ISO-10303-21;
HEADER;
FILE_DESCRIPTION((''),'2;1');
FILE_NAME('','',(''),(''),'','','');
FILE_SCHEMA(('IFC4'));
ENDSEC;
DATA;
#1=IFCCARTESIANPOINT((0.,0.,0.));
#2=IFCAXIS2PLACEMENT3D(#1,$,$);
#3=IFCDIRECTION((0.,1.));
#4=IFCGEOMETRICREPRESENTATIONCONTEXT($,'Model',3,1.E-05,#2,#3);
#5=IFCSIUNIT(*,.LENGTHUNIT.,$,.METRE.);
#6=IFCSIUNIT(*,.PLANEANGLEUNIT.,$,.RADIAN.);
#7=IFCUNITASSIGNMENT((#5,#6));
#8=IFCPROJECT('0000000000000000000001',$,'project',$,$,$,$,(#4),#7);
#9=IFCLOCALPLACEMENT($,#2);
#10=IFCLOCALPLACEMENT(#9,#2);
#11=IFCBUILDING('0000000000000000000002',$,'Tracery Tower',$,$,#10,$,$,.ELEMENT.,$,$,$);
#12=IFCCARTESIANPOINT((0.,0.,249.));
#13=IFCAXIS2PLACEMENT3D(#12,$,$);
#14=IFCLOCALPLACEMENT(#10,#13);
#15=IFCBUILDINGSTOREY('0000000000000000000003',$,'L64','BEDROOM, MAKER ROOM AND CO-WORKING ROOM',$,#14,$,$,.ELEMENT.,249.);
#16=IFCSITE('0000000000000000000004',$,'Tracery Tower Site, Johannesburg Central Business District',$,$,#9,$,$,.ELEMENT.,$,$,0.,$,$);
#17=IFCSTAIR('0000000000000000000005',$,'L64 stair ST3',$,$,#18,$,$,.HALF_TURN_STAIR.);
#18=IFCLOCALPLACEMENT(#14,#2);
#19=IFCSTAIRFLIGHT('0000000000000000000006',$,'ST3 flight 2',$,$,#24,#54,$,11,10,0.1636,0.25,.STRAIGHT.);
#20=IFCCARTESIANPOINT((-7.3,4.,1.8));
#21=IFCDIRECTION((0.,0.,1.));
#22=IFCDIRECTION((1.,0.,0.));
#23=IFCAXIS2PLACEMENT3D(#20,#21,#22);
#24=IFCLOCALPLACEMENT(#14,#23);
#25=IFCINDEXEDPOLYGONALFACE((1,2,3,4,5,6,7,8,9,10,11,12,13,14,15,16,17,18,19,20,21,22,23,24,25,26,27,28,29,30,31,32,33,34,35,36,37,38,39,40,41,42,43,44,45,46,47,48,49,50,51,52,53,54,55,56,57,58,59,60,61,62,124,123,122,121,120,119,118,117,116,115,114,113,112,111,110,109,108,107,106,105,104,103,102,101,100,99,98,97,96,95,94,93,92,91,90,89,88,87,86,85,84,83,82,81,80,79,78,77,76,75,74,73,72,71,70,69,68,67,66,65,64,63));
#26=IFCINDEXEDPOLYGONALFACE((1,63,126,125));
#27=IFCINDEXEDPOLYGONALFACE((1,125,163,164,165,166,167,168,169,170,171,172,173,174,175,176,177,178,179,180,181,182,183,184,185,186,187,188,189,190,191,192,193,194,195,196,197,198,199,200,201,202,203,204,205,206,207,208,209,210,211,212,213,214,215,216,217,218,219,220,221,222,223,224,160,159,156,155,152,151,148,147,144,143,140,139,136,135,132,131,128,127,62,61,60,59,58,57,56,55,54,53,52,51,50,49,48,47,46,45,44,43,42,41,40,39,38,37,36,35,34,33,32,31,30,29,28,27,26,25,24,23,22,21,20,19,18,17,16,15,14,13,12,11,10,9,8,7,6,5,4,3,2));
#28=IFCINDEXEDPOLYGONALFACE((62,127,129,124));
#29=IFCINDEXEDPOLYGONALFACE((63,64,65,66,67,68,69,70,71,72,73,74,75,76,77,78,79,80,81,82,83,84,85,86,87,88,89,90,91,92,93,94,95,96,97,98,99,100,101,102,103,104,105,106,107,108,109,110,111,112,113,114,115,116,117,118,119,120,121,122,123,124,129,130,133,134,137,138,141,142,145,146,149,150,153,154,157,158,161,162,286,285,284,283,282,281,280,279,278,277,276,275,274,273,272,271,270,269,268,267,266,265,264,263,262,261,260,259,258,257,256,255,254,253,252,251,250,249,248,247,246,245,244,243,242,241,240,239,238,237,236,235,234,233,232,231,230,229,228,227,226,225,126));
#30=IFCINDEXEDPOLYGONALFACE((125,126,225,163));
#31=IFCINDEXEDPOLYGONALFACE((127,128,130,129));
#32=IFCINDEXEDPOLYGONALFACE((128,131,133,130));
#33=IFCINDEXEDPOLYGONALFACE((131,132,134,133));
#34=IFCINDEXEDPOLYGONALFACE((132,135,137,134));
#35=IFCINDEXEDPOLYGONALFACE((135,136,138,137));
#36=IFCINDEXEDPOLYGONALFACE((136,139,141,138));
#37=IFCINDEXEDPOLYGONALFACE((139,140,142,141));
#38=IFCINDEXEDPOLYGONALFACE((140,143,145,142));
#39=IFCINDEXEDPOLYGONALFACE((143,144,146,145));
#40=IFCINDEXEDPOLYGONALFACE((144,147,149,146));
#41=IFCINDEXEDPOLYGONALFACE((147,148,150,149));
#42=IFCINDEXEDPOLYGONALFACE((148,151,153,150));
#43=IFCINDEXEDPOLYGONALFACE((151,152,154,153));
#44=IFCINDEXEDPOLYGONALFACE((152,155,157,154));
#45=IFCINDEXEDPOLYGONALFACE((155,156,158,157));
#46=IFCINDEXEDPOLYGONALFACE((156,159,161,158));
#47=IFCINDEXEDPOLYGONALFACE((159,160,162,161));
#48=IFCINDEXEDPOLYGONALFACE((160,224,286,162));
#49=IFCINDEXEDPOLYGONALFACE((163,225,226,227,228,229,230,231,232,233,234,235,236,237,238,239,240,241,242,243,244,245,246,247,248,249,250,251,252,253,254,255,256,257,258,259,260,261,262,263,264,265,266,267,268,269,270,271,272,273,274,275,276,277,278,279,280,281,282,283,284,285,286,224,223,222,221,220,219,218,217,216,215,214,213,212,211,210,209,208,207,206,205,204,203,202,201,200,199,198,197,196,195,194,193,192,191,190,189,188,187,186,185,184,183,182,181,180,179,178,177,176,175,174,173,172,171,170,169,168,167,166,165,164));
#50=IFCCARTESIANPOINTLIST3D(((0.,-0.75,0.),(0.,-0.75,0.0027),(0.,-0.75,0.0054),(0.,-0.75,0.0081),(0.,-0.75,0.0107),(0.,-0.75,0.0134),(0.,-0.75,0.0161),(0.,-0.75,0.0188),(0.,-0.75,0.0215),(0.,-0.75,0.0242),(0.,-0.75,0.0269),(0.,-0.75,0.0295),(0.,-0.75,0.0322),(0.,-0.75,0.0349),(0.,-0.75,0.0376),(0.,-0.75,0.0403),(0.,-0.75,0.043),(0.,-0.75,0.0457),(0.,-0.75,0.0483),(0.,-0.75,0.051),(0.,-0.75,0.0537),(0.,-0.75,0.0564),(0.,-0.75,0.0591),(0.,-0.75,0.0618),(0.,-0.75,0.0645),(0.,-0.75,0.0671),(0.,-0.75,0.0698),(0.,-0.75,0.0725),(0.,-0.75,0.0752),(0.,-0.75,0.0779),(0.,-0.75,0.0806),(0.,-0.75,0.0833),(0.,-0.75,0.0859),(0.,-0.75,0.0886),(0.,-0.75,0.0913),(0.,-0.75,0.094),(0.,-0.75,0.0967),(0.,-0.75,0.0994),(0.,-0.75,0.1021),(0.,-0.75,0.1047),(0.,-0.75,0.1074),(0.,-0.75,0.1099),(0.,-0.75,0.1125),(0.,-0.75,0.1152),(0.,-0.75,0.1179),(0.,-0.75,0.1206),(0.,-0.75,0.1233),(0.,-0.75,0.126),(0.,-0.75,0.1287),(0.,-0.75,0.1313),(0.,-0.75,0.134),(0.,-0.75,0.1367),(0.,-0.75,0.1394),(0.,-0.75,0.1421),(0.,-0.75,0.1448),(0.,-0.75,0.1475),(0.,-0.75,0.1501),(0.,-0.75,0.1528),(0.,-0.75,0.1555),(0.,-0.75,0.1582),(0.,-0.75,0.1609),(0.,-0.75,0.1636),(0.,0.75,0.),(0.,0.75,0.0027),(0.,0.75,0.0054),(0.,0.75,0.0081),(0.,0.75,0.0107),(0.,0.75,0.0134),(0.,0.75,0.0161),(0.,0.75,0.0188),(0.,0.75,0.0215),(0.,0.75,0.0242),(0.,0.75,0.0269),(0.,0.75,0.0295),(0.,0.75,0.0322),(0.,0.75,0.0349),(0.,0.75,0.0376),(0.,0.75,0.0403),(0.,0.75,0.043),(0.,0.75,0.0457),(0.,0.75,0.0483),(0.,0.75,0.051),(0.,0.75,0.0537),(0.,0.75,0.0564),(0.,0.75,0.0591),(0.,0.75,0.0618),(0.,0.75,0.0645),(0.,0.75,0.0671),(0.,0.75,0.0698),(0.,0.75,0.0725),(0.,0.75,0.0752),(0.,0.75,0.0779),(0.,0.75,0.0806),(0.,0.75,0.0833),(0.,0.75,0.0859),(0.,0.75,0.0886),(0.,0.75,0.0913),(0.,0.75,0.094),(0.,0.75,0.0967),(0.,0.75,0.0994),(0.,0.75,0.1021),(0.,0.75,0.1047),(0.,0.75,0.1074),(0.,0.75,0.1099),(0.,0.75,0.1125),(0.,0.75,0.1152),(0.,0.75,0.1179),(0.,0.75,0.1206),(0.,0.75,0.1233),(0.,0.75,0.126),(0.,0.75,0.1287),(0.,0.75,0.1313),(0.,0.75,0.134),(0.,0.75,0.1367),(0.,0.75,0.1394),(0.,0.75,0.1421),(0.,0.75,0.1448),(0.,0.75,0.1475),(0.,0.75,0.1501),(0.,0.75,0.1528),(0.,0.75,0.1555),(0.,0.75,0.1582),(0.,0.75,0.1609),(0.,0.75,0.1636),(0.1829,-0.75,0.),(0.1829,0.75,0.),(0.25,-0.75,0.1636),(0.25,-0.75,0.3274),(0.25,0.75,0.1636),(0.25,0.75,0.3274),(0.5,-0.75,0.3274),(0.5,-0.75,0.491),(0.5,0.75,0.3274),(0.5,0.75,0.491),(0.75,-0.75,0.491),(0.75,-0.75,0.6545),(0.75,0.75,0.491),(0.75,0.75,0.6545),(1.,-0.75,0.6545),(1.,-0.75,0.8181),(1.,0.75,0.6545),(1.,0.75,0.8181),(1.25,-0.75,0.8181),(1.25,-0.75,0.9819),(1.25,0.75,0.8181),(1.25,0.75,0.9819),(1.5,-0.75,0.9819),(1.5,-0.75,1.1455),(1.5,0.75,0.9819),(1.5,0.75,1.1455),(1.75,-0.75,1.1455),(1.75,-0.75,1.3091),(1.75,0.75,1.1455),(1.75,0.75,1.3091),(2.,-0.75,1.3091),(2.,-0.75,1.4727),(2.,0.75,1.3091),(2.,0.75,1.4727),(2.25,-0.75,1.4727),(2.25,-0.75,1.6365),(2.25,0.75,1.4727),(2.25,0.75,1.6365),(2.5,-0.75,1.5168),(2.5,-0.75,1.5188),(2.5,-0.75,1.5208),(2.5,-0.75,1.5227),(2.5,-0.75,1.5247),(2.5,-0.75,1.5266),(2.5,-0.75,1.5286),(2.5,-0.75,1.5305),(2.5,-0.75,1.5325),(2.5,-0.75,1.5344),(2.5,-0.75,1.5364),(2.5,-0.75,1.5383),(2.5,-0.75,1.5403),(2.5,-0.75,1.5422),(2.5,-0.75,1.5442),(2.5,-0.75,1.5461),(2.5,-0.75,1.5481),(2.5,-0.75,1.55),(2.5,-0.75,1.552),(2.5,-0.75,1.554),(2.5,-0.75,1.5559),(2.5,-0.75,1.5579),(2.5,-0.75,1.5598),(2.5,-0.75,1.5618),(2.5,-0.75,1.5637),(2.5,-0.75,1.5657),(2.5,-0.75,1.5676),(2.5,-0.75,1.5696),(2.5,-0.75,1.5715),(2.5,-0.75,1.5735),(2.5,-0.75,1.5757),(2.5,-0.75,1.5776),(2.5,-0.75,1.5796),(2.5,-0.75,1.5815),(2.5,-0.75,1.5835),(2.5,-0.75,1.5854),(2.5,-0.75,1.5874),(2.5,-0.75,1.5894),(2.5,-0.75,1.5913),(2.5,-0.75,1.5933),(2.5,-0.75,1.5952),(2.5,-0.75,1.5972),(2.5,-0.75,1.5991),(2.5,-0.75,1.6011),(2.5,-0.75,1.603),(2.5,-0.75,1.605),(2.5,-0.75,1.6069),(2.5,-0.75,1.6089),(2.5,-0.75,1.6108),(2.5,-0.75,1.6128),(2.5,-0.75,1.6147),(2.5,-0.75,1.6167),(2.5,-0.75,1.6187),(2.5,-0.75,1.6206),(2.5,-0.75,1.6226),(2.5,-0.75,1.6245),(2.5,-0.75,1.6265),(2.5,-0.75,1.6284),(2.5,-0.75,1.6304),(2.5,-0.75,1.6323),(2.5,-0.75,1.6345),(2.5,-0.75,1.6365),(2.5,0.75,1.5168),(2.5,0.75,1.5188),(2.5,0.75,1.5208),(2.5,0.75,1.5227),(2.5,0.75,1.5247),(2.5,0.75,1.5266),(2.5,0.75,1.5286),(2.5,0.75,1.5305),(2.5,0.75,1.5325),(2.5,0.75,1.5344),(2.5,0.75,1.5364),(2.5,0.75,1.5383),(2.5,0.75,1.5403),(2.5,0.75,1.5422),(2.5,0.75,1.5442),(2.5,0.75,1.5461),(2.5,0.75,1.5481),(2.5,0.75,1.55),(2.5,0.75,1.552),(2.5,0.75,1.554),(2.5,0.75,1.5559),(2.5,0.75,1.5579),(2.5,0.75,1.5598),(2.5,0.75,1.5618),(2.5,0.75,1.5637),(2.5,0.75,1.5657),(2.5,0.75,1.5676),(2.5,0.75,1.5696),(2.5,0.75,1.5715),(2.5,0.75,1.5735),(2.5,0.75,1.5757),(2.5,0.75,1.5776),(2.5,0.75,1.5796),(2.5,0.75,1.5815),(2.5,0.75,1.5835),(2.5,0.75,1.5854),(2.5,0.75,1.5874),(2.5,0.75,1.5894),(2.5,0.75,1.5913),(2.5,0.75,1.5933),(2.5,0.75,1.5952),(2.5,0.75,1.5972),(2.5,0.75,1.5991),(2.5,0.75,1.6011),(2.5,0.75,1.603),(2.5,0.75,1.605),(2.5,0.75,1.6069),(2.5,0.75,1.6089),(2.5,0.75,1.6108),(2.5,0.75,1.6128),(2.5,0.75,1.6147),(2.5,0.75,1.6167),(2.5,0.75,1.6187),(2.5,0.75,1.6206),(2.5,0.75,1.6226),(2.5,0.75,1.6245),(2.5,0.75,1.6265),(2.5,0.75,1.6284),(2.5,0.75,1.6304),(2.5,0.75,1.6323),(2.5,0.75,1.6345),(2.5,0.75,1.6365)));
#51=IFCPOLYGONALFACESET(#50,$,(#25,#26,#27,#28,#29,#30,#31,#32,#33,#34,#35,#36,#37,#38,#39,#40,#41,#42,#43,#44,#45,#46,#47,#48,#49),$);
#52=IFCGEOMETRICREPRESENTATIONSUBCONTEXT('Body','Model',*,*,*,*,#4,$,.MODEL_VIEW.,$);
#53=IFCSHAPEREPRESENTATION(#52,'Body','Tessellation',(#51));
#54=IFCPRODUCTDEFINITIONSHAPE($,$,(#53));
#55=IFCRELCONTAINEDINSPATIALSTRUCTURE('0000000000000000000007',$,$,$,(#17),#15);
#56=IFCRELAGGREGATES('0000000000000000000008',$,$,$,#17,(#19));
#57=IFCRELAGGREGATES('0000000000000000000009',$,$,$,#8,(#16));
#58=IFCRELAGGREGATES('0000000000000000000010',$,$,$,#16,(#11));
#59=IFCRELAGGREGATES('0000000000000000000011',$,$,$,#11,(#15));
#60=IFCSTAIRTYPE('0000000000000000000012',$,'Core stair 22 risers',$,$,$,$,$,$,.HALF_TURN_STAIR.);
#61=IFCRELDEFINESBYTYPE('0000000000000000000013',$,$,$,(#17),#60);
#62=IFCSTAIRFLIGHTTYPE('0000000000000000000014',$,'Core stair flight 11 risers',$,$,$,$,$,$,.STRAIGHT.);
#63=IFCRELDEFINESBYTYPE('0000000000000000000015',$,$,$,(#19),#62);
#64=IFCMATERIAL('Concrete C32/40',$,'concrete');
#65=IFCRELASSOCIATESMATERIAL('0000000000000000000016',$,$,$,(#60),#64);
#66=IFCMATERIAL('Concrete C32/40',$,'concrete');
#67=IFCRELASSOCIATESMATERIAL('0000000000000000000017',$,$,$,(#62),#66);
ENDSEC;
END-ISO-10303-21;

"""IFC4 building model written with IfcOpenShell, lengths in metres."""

from ifc_helpers import new_model, si_unit, direction, frame, origin, place, context, subcontext, project, spatial, polyline, outline, extrude, material, type_object, element, aggregate, save


model = new_model("IFC4")

# Units and contexts
model_context = context("Model", 3, precision=1e-05, world=origin(), true_north=direction((0.0, 1.0)))
body_context = subcontext(model_context, "Body", "Model", "MODEL_VIEW")
ifc_project = project(units=[si_unit("LENGTHUNIT", "METRE"), si_unit("PLANEANGLEUNIT", "RADIAN")], contexts=[model_context])

# Site, building, storey
site_placement = place(None, origin())
site = spatial("IfcSite", under=ifc_project, at=site_placement, Name="Tracery Tower Site, Johannesburg Central Business District", CompositionType="ELEMENT", RefElevation=0.0)
building_placement = place(site_placement, origin())
building = spatial("IfcBuilding", under=site, at=building_placement, Name="Tracery Tower", CompositionType="ELEMENT")
storey_placement = place(building_placement, frame((0.0, 0.0, 249.0)))
storey = spatial("IfcBuildingStorey", under=building, at=storey_placement, Name="L64", Description="BEDROOM, MAKER ROOM AND CO-WORKING ROOM", CompositionType="ELEMENT", Elevation=249.0)

# Stair, stair flight
ifc_material_1 = material(Name="Concrete C32/40", Category="concrete")
stair_type = type_object("IfcStairType", Name="Core stair 22 risers", PredefinedType="HALF_TURN_STAIR", material=ifc_material_1)
stair_placement = place(storey_placement, origin())
stair = element("IfcStair", 1, at=stair_placement, inside=storey, type_object=stair_type, Name="L64 stair ST3", PredefinedType="HALF_TURN_STAIR")
ifc_material_2 = material(Name="Concrete C32/40", Category="concrete")
stair_flight_type = type_object("IfcStairFlightType", Name="Core stair flight 11 risers", PredefinedType="STRAIGHT", material=ifc_material_2)
stair_flight_1_placement = place(storey_placement, frame((-7.3, 4.0, 1.8), z_axis=(0.0, 0.0, 1.0), x_axis=(1.0, 0.0, 0.0)))
stair_flight_1 = element("IfcStairFlight", 2, at=stair_flight_1_placement, type_object=stair_flight_type, Name="ST3 flight 2", NumberOfRisers=11, NumberOfTreads=10, PredefinedType="STRAIGHT", RiserHeight=0.1636, TreadLength=0.25, context=body_context, shape_type="SweptSolid", body=[
    extrude(outline(polyline([(0.0, 0.0), (0.0, 0.0027), (0.0, 0.0054), (0.0, 0.0081), (0.0, 0.0107), (0.0, 0.0134), (0.0, 0.0161), (0.0, 0.0188), (0.0, 0.0215), (0.0, 0.0242), (0.0, 0.0269), (0.0, 0.0295), (0.0, 0.0322), (0.0, 0.0349), (0.0, 0.0376), (0.0, 0.0403), (0.0, 0.043), (0.0, 0.0457), (0.0, 0.0483), (0.0, 0.051), (0.0, 0.0537), (0.0, 0.0564), (0.0, 0.0591), (0.0, 0.0618), (0.0, 0.0645), (0.0, 0.0671), (0.0, 0.0698), (0.0, 0.0725), (0.0, 0.0752), (0.0, 0.0779), (0.0, 0.0806), (0.0, 0.0833), (0.0, 0.0859), (0.0, 0.0886), (0.0, 0.0913), (0.0, 0.094), (0.0, 0.0967), (0.0, 0.0994), (0.0, 0.1021), (0.0, 0.1047), (0.0, 0.1074), (0.0, 0.1099), (0.0, 0.1125), (0.0, 0.1152), (0.0, 0.1179), (0.0, 0.1206), (0.0, 0.1233), (0.0, 0.126), (0.0, 0.1287), (0.0, 0.1313), (0.0, 0.134), (0.0, 0.1367), (0.0, 0.1394), (0.0, 0.1421), (0.0, 0.1448), (0.0, 0.1475), (0.0, 0.1501), (0.0, 0.1528), (0.0, 0.1555), (0.0, 0.1582), (0.0, 0.1609), (0.0, 0.1636), (0.25, 0.1636), (0.25, 0.3274), (0.5, 0.3274), (0.5, 0.491), (0.75, 0.491), (0.75, 0.6545), (1.0, 0.6545), (1.0, 0.8181), (1.25, 0.8181), (1.25, 0.9819), (1.5, 0.9819), (1.5, 1.1455), (1.75, 1.1455), (1.75, 1.3091), (2.0, 1.3091), (2.0, 1.4727), (2.25, 1.4727), (2.25, 1.6365), (2.5, 1.6365), (2.5, 1.6345), (2.5, 1.6323), (2.5, 1.6304), (2.5, 1.6284), (2.5, 1.6265), (2.5, 1.6245), (2.5, 1.6226), (2.5, 1.6206), (2.5, 1.6187), (2.5, 1.6167), (2.5, 1.6147), (2.5, 1.6128), (2.5, 1.6108), (2.5, 1.6089), (2.5, 1.6069), (2.5, 1.605), (2.5, 1.603), (2.5, 1.6011), (2.5, 1.5991), (2.5, 1.5972), (2.5, 1.5952), (2.5, 1.5933), (2.5, 1.5913), (2.5, 1.5894), (2.5, 1.5874), (2.5, 1.5854), (2.5, 1.5835), (2.5, 1.5815), (2.5, 1.5796), (2.5, 1.5776), (2.5, 1.5757), (2.5, 1.5735), (2.5, 1.5715), (2.5, 1.5696), (2.5, 1.5676), (2.5, 1.5657), (2.5, 1.5637), (2.5, 1.5618), (2.5, 1.5598), (2.5, 1.5579), (2.5, 1.5559), (2.5, 1.554), (2.5, 1.552), (2.5, 1.55), (2.5, 1.5481), (2.5, 1.5461), (2.5, 1.5442), (2.5, 1.5422), (2.5, 1.5403), (2.5, 1.5383), (2.5, 1.5364), (2.5, 1.5344), (2.5, 1.5325), (2.5, 1.5305), (2.5, 1.5286), (2.5, 1.5266), (2.5, 1.5247), (2.5, 1.5227), (2.5, 1.5208), (2.5, 1.5188), (2.5, 1.5168), (0.1829, 0.0), (0.0, 0.0)])), frame((0.0, 0.75, 0.0), z_axis=(0.0, -1.0, 0.0), x_axis=(1.0, 0.0, 0.0)), (0.0, 0.0, 1.0), 1.5),
])
aggregate(stair, [stair_flight_1])

save(model, "model.ifc")
